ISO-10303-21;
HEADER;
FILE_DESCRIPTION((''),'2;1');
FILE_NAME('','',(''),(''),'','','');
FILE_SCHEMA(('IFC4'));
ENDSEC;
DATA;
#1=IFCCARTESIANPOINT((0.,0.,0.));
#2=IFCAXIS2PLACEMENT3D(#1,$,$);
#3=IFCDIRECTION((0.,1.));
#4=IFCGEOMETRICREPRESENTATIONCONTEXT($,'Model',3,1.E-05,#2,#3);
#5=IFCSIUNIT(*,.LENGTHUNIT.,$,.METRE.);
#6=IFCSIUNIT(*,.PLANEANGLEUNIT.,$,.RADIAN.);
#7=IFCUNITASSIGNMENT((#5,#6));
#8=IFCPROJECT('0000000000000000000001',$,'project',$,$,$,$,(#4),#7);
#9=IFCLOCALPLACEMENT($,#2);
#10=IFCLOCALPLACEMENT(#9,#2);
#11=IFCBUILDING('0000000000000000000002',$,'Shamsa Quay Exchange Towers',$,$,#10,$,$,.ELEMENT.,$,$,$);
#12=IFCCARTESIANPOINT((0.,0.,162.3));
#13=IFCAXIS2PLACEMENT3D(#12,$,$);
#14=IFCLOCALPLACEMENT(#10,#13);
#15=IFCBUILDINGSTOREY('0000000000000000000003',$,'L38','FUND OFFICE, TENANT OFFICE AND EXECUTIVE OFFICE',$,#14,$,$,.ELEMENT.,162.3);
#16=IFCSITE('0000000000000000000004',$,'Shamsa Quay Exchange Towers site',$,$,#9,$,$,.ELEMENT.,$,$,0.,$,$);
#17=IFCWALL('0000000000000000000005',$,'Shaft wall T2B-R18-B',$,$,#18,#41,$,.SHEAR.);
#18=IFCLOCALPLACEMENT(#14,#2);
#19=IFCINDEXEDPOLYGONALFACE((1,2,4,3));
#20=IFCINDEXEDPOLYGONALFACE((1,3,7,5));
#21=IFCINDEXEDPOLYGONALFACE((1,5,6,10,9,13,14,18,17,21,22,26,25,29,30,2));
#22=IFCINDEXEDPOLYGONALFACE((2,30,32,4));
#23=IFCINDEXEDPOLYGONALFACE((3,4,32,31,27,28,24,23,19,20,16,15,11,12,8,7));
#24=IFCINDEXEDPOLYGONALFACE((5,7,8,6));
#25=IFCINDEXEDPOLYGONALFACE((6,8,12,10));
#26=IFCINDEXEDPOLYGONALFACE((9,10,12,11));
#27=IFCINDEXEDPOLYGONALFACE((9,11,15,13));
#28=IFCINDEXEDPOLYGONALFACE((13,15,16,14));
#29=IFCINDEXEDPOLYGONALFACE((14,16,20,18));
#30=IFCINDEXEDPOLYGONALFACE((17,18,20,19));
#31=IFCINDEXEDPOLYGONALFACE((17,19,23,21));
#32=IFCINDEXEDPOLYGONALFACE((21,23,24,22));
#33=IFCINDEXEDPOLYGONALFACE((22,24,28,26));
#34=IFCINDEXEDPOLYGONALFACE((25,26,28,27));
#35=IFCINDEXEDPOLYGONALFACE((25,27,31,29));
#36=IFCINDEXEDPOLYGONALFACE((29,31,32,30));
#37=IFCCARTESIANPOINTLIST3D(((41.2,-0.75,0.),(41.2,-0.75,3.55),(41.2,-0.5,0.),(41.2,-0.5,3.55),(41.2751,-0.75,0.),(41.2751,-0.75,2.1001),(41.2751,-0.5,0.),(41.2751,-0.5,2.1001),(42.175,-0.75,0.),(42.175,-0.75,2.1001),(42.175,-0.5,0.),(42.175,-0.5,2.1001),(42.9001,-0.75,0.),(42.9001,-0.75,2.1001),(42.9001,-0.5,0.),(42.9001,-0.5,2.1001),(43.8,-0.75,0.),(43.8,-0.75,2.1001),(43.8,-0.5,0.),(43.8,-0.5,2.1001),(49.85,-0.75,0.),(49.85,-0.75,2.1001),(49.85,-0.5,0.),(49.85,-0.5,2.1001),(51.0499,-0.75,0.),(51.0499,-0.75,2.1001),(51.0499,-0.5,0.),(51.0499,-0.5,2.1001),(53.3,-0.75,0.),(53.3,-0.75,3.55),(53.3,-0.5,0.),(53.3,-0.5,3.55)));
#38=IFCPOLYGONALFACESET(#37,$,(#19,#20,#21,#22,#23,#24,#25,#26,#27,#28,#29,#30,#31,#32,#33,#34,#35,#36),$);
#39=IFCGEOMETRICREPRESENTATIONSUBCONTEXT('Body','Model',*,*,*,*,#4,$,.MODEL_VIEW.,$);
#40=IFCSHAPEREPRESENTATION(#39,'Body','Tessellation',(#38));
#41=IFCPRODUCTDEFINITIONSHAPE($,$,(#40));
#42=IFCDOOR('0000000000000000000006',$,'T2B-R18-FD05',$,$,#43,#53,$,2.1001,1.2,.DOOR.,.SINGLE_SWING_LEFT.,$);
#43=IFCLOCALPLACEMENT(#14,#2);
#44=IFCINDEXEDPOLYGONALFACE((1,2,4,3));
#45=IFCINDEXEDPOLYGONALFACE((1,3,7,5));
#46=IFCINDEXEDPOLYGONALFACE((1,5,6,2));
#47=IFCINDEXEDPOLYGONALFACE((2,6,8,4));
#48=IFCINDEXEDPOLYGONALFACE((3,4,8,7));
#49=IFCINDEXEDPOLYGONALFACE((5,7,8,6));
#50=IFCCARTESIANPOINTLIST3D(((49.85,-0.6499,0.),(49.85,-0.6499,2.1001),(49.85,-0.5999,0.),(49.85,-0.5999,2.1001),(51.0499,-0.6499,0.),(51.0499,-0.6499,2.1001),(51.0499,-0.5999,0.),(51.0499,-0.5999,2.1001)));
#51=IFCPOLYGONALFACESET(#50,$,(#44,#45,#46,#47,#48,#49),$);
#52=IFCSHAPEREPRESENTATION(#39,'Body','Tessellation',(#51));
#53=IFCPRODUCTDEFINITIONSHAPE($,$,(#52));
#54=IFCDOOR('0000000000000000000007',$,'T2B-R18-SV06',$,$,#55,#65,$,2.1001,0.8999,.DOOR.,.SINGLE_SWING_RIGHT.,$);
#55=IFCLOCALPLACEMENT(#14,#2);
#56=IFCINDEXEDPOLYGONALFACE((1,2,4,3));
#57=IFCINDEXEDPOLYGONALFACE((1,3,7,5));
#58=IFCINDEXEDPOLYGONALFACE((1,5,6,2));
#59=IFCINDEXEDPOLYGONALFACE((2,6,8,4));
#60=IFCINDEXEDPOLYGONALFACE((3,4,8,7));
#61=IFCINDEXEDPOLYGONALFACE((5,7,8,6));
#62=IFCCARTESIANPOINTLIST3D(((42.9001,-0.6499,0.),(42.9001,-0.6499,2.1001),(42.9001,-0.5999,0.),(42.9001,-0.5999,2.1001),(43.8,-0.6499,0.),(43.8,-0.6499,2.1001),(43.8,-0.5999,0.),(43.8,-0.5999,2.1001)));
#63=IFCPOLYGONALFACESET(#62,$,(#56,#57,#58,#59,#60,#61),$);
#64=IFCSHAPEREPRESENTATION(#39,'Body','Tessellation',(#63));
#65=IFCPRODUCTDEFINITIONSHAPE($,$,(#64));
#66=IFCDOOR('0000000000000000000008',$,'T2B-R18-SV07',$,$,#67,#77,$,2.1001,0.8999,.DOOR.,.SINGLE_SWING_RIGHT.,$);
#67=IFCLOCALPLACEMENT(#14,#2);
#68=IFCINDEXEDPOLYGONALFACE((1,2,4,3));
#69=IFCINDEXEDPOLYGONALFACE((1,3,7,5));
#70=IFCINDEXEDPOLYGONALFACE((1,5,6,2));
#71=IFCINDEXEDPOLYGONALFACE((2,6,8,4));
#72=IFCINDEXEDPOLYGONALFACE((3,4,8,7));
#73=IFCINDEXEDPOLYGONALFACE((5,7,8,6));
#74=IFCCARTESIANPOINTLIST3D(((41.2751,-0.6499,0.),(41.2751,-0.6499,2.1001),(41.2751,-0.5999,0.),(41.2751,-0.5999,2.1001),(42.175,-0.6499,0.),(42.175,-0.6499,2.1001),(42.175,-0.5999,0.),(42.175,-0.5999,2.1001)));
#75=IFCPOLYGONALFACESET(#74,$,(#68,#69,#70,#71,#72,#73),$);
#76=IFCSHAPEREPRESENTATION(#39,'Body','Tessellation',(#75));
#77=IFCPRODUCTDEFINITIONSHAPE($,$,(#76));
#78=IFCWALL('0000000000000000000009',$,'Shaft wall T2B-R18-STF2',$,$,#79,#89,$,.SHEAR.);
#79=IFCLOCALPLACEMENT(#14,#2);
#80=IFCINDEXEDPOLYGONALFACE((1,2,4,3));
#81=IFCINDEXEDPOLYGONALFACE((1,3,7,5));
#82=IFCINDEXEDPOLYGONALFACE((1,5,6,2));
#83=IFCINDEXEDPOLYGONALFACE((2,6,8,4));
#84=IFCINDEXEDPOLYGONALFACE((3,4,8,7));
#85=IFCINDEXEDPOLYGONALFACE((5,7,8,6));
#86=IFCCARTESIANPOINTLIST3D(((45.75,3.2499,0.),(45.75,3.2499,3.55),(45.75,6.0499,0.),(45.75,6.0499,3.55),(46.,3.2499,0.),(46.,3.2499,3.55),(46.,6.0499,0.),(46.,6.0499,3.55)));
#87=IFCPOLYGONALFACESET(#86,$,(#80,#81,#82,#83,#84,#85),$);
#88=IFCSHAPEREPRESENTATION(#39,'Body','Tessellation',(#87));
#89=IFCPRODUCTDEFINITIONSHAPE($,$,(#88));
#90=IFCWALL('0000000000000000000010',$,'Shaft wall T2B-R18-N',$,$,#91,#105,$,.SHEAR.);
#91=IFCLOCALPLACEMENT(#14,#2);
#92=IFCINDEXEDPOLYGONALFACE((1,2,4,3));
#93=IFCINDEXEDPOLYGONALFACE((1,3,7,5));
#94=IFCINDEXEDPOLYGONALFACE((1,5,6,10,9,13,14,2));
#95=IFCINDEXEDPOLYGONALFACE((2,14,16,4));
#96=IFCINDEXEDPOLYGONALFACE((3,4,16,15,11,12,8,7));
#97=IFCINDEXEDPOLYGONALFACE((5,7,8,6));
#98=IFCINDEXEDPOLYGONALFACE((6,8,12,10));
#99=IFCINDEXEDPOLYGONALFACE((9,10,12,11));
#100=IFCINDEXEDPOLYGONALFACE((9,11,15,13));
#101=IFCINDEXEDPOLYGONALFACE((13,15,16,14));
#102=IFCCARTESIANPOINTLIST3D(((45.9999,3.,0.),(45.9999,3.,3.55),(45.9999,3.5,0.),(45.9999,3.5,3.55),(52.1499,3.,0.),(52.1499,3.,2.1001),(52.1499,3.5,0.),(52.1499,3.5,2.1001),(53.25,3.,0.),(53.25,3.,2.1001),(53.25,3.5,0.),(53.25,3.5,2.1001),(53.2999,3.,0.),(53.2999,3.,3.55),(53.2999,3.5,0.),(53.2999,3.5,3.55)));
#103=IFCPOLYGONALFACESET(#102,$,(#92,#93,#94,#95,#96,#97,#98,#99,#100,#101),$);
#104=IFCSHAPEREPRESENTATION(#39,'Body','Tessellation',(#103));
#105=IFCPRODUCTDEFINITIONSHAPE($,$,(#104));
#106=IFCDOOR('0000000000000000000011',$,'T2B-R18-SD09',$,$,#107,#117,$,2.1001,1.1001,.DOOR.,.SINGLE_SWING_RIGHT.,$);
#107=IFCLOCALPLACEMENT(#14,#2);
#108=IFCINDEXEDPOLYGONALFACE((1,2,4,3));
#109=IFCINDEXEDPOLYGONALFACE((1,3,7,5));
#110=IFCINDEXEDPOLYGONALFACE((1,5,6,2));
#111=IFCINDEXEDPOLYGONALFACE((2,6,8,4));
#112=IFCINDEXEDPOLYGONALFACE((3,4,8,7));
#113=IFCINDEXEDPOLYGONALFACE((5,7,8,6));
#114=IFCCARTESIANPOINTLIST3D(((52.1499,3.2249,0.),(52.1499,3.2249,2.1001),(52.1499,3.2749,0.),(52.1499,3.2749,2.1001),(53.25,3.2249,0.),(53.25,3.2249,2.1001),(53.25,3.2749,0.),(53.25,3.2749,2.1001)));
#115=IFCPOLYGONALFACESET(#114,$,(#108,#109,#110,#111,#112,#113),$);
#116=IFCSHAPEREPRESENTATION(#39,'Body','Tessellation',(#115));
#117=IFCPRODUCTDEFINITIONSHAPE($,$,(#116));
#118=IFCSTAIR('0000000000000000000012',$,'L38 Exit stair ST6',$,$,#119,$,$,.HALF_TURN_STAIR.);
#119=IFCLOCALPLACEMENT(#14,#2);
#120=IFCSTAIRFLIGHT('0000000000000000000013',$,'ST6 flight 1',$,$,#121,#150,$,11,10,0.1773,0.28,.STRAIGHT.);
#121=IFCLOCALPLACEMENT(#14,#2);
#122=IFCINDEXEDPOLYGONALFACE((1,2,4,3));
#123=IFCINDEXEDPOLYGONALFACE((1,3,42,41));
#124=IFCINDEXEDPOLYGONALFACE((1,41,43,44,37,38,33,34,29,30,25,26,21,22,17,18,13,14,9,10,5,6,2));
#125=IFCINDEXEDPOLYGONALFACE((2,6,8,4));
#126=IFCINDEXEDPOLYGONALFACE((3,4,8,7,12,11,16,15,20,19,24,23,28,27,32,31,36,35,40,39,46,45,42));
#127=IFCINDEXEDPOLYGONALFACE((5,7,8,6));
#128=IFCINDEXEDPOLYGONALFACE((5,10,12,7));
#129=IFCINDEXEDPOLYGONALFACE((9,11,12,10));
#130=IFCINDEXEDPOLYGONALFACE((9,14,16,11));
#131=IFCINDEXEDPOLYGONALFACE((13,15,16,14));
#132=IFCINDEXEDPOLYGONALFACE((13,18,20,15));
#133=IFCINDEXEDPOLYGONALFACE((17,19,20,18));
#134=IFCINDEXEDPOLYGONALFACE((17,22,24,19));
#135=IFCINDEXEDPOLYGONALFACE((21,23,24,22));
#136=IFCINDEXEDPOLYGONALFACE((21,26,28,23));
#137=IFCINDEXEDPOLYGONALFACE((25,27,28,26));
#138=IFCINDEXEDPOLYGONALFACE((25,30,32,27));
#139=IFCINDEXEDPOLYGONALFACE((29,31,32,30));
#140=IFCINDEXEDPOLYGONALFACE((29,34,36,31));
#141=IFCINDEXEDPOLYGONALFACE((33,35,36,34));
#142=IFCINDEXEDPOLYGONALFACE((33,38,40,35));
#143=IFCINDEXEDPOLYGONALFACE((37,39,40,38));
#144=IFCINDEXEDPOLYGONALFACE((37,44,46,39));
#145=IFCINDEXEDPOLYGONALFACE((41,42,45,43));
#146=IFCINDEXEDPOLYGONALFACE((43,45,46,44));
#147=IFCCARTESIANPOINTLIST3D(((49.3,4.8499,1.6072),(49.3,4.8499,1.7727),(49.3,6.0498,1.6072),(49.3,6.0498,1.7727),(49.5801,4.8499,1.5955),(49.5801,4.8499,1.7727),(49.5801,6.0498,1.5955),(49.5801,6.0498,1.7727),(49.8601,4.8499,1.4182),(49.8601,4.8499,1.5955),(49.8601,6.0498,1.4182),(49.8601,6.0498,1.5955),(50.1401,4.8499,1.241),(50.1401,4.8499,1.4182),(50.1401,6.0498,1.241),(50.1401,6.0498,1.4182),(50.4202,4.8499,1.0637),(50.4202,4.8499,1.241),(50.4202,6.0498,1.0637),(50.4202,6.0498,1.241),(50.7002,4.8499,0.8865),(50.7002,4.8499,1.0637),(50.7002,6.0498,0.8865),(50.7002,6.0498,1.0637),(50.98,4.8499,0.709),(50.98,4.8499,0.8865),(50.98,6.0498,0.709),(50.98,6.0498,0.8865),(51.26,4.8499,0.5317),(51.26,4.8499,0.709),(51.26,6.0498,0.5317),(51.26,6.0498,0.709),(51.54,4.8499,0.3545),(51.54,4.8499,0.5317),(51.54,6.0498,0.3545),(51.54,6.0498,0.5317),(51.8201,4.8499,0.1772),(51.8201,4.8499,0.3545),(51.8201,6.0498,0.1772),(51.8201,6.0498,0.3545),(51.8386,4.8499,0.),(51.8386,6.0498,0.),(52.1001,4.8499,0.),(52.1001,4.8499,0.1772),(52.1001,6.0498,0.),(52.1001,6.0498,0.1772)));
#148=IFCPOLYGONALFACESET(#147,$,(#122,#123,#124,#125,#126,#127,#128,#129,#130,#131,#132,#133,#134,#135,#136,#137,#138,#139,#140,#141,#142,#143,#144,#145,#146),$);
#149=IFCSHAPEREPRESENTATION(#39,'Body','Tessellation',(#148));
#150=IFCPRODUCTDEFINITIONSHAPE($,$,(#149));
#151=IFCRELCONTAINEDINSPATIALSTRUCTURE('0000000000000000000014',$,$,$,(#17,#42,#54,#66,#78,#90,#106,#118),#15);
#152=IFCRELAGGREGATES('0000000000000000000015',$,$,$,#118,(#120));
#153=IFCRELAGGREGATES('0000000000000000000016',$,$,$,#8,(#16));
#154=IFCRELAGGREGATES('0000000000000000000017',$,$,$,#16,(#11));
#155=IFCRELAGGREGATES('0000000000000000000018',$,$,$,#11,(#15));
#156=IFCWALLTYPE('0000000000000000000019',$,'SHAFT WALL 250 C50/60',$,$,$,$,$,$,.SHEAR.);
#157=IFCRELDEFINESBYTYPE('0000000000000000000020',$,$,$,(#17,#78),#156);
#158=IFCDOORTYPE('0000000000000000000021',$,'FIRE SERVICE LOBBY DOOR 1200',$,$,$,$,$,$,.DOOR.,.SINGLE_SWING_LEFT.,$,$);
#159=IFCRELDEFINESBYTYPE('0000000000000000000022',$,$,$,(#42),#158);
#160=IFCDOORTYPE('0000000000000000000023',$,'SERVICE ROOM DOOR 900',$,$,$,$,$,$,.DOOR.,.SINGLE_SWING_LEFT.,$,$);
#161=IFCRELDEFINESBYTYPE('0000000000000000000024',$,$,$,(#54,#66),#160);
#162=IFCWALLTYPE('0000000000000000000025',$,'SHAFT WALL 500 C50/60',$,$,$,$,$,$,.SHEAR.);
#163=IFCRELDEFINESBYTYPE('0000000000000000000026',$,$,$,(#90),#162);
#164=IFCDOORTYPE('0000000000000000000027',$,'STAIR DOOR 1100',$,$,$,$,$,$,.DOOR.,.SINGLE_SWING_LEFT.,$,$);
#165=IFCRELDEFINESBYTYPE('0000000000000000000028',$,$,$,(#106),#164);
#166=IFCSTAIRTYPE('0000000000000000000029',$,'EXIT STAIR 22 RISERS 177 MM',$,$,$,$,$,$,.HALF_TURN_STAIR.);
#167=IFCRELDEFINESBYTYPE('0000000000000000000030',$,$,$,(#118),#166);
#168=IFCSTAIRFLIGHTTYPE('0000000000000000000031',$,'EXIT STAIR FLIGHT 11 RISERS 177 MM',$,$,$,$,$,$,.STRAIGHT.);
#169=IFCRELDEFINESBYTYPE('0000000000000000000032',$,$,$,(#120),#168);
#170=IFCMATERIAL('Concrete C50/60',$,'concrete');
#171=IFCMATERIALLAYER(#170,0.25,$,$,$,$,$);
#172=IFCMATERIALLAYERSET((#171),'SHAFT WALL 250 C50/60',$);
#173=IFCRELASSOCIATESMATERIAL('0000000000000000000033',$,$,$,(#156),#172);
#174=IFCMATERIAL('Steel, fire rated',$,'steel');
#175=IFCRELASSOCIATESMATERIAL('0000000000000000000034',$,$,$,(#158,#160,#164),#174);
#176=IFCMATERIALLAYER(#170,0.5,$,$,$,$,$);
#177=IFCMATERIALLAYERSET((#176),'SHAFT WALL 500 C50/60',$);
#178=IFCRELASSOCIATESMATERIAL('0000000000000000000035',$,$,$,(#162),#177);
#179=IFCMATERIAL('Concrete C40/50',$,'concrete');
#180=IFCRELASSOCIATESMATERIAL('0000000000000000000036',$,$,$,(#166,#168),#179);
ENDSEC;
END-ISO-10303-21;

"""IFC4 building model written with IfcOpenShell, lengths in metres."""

from ifc_helpers import new_model, si_unit, direction, frame, frame_2d, origin, place, context, subcontext, project, spatial, polyline, rectangle, outline, extrude, material, layer, layer_set, type_object, element, fill, aggregate, save


model = new_model("IFC4")

# Units and contexts
model_context = context("Model", 3, precision=1e-05, world=origin(), true_north=direction((0.0, 1.0)))
body_context = subcontext(model_context, "Body", "Model", "MODEL_VIEW")
ifc_project = project(units=[si_unit("LENGTHUNIT", "METRE"), si_unit("PLANEANGLEUNIT", "RADIAN")], contexts=[model_context])

# Site, building, storey
site_placement = place(None, origin())
site = spatial("IfcSite", under=ifc_project, at=site_placement, Name="Shamsa Quay Exchange Towers site", CompositionType="ELEMENT", RefElevation=0.0)
building_placement = place(site_placement, origin())
building = spatial("IfcBuilding", under=site, at=building_placement, Name="Shamsa Quay Exchange Towers", CompositionType="ELEMENT")
storey_placement = place(building_placement, frame((0.0, 0.0, 162.3)))
storey = spatial("IfcBuildingStorey", under=building, at=storey_placement, Name="L38", Description="FUND OFFICE, TENANT OFFICE AND EXECUTIVE OFFICE", CompositionType="ELEMENT", Elevation=162.3)

# Wall, openings, doors
ifc_material_1 = material(Name="Concrete C50/60", Category="concrete")
ifc_layer_1 = layer(ifc_material_1, 0.25)
ifc_layer_set_1 = layer_set([ifc_layer_1], Name="SHAFT WALL 250 C50/60")
wall_type_1 = type_object("IfcWallType", Name="SHAFT WALL 250 C50/60", PredefinedType="SHEAR", material=ifc_layer_set_1)
wall_1_placement = place(storey_placement, frame((53.3, -0.625, 0.0), z_axis=(0.0, 0.0, 1.0), x_axis=(-1.0, 0.0, 0.0)))
wall_1 = element("IfcWall", 1, at=wall_1_placement, inside=storey, type_object=wall_type_1, Name="Shaft wall T2B-R18-B", PredefinedType="SHEAR", context=body_context, shape_type="SweptSolid", body=[
    extrude(rectangle(XDim=12.1001, YDim=0.25, at=frame_2d((6.05, 0.0))), origin(), (0.0, 0.0, 1.0), 3.55),
])
opening_1_placement = place(wall_1_placement, frame((2.25, 0.0, 0.0)))
opening_1 = element("IfcOpeningElement", 2, at=opening_1_placement, cuts=wall_1, PredefinedType="OPENING", context=body_context, shape_type="SweptSolid", body=[
    extrude(rectangle(XDim=1.2, YDim=2.1001, at=frame_2d((0.6001, 1.05))), frame((0.0, 0.135, 0.0), z_axis=(0.0, -1.0, 0.0), x_axis=(1.0, 0.0, 0.0)), (0.0, 0.0, 1.0), 0.27),
])
opening_2_placement = place(wall_1_placement, frame((9.5, 0.0, 0.0)))
opening_2 = element("IfcOpeningElement", 3, at=opening_2_placement, cuts=wall_1, PredefinedType="OPENING", context=body_context, shape_type="SweptSolid", body=[
    extrude(rectangle(XDim=0.8999, YDim=2.1001, at=frame_2d((0.45, 1.05))), frame((0.0, 0.135, 0.0), z_axis=(0.0, -1.0, 0.0), x_axis=(1.0, 0.0, 0.0)), (0.0, 0.0, 1.0), 0.27),
])
opening_3_placement = place(wall_1_placement, frame((11.125, 0.0, 0.0)))
opening_3 = element("IfcOpeningElement", 4, at=opening_3_placement, cuts=wall_1, PredefinedType="OPENING", context=body_context, shape_type="SweptSolid", body=[
    extrude(rectangle(XDim=0.8999, YDim=2.1001, at=frame_2d((0.45, 1.05))), frame((0.0, 0.135, 0.0), z_axis=(0.0, -1.0, 0.0), x_axis=(1.0, 0.0, 0.0)), (0.0, 0.0, 1.0), 0.27),
])
ifc_material_2 = material(Name="Steel, fire rated", Category="steel")
door_type_1 = type_object("IfcDoorType", Name="FIRE SERVICE LOBBY DOOR 1200", OperationType="SINGLE_SWING_LEFT", PredefinedType="DOOR", material=ifc_material_2)
door_1_placement = place(opening_1_placement, origin())
door_1 = element("IfcDoor", 5, at=door_1_placement, inside=storey, type_object=door_type_1, Name="T2B-R18-FD05", OperationType="SINGLE_SWING_LEFT", OverallHeight=2.1001, OverallWidth=1.2, PredefinedType="DOOR", context=body_context, shape_type="SweptSolid", body=[
    extrude(rectangle(XDim=1.2, YDim=2.1001, at=frame_2d((0.6001, 1.05))), frame((0.0, 0.0249, 0.0), z_axis=(0.0, -1.0, 0.0), x_axis=(1.0, 0.0, 0.0)), (0.0, 0.0, 1.0), 0.05),
])
fill(opening_1, door_1)
door_type_2 = type_object("IfcDoorType", Name="SERVICE ROOM DOOR 900", OperationType="SINGLE_SWING_LEFT", PredefinedType="DOOR", material=ifc_material_2)
door_2_placement = place(opening_2_placement, origin())
door_2 = element("IfcDoor", 6, at=door_2_placement, inside=storey, type_object=door_type_2, Name="T2B-R18-SV06", OperationType="SINGLE_SWING_RIGHT", OverallHeight=2.1001, OverallWidth=0.8999, PredefinedType="DOOR", context=body_context, shape_type="SweptSolid", body=[
    extrude(rectangle(XDim=0.8999, YDim=2.1001, at=frame_2d((0.45, 1.05))), frame((0.0, 0.0249, 0.0), z_axis=(0.0, -1.0, 0.0), x_axis=(1.0, 0.0, 0.0)), (0.0, 0.0, 1.0), 0.05),
])
fill(opening_2, door_2)
door_3_placement = place(opening_3_placement, origin())
door_3 = element("IfcDoor", 7, at=door_3_placement, inside=storey, type_object=door_type_2, Name="T2B-R18-SV07", OperationType="SINGLE_SWING_RIGHT", OverallHeight=2.1001, OverallWidth=0.8999, PredefinedType="DOOR", context=body_context, shape_type="SweptSolid", body=[
    extrude(rectangle(XDim=0.8999, YDim=2.1001, at=frame_2d((0.45, 1.05))), frame((0.0, 0.0249, 0.0), z_axis=(0.0, -1.0, 0.0), x_axis=(1.0, 0.0, 0.0)), (0.0, 0.0, 1.0), 0.05),
])
fill(opening_3, door_3)

# Wall
wall_2_placement = place(storey_placement, frame((45.875, 3.25, 0.0), z_axis=(0.0, 0.0, 1.0), x_axis=(0.0, 1.0, 0.0)))
element("IfcWall", 8, at=wall_2_placement, inside=storey, type_object=wall_type_1, Name="Shaft wall T2B-R18-STF2", PredefinedType="SHEAR", context=body_context, shape_type="SweptSolid", body=[
    extrude(rectangle(XDim=2.8, YDim=0.25, at=frame_2d((1.3999, 0.0))), origin(), (0.0, 0.0, 1.0), 3.55),
])

# Wall, opening, door
ifc_layer_2 = layer(ifc_material_1, 0.5)
ifc_layer_set_2 = layer_set([ifc_layer_2], Name="SHAFT WALL 500 C50/60")
wall_type_2 = type_object("IfcWallType", Name="SHAFT WALL 500 C50/60", PredefinedType="SHEAR", material=ifc_layer_set_2)
wall_3_placement = place(storey_placement, frame((46.0, 3.25, 0.0)))
wall_3 = element("IfcWall", 9, at=wall_3_placement, inside=storey, type_object=wall_type_2, Name="Shaft wall T2B-R18-N", PredefinedType="SHEAR", context=body_context, shape_type="SweptSolid", body=[
    extrude(rectangle(XDim=7.3, YDim=0.5, at=frame_2d((3.6499, 0.0))), origin(), (0.0, 0.0, 1.0), 3.55),
])
opening_4_placement = place(wall_3_placement, frame((6.1499, 0.0, 0.0)))
opening_4 = element("IfcOpeningElement", 10, at=opening_4_placement, cuts=wall_3, PredefinedType="OPENING", context=body_context, shape_type="SweptSolid", body=[
    extrude(rectangle(XDim=1.1001, YDim=2.1001, at=frame_2d((0.55, 1.05))), frame((0.0, 0.26, 0.0), z_axis=(0.0, -1.0, 0.0), x_axis=(1.0, 0.0, 0.0)), (0.0, 0.0, 1.0), 0.52),
])
door_type_3 = type_object("IfcDoorType", Name="STAIR DOOR 1100", OperationType="SINGLE_SWING_LEFT", PredefinedType="DOOR", material=ifc_material_2)
door_4_placement = place(opening_4_placement, origin())
door_4 = element("IfcDoor", 11, at=door_4_placement, inside=storey, type_object=door_type_3, Name="T2B-R18-SD09", OperationType="SINGLE_SWING_RIGHT", OverallHeight=2.1001, OverallWidth=1.1001, PredefinedType="DOOR", context=body_context, shape_type="SweptSolid", body=[
    extrude(rectangle(XDim=1.1001, YDim=2.1001, at=frame_2d((0.55, 1.05))), frame((0.0, 0.0249, 0.0), z_axis=(0.0, -1.0, 0.0), x_axis=(1.0, 0.0, 0.0)), (0.0, 0.0, 1.0), 0.05),
])
fill(opening_4, door_4)

# Stair, stair flight
ifc_material_3 = material(Name="Concrete C40/50", Category="concrete")
stair_type = type_object("IfcStairType", Name="EXIT STAIR 22 RISERS 177 MM", PredefinedType="HALF_TURN_STAIR", material=ifc_material_3)
stair_placement = place(storey_placement, origin())
stair = element("IfcStair", 12, at=stair_placement, inside=storey, type_object=stair_type, Name="L38 Exit stair ST6", PredefinedType="HALF_TURN_STAIR")
stair_flight_type = type_object("IfcStairFlightType", Name="EXIT STAIR FLIGHT 11 RISERS 177 MM", PredefinedType="STRAIGHT", material=ifc_material_3)
stair_flight_1_placement = place(storey_placement, frame((52.1001, 5.45, 0.0), z_axis=(0.0, 0.0, 1.0), x_axis=(-1.0, 0.0, 0.0)))
stair_flight_1 = element("IfcStairFlight", 13, at=stair_flight_1_placement, type_object=stair_flight_type, Name="ST6 flight 1", NumberOfRisers=11, NumberOfTreads=10, PredefinedType="STRAIGHT", RiserHeight=0.1773, TreadLength=0.28, context=body_context, shape_type="SweptSolid", body=[
    extrude(outline(polyline([(0.0, 0.0), (0.0, 0.1772), (0.28, 0.1772), (0.28, 0.3545), (0.5601, 0.3545), (0.5601, 0.5317), (0.8401, 0.5317), (0.8401, 0.709), (1.1201, 0.709), (1.1201, 0.8865), (1.3999, 0.8865), (1.3999, 1.0637), (1.6799, 1.0637), (1.6799, 1.241), (1.96, 1.241), (1.96, 1.4182), (2.24, 1.4182), (2.24, 1.5955), (2.52, 1.5955), (2.52, 1.7727), (2.8, 1.7727), (2.8, 1.95), (2.8, 1.6072), (0.2615, 0.0), (0.0, 0.0)])), frame((0.0, 0.6001, 0.0), z_axis=(0.0, -1.0, 0.0), x_axis=(1.0, 0.0, 0.0)), (0.0, 0.0, 1.0), 1.2),
])
aggregate(stair, [stair_flight_1])

save(model, "model.ifc")
